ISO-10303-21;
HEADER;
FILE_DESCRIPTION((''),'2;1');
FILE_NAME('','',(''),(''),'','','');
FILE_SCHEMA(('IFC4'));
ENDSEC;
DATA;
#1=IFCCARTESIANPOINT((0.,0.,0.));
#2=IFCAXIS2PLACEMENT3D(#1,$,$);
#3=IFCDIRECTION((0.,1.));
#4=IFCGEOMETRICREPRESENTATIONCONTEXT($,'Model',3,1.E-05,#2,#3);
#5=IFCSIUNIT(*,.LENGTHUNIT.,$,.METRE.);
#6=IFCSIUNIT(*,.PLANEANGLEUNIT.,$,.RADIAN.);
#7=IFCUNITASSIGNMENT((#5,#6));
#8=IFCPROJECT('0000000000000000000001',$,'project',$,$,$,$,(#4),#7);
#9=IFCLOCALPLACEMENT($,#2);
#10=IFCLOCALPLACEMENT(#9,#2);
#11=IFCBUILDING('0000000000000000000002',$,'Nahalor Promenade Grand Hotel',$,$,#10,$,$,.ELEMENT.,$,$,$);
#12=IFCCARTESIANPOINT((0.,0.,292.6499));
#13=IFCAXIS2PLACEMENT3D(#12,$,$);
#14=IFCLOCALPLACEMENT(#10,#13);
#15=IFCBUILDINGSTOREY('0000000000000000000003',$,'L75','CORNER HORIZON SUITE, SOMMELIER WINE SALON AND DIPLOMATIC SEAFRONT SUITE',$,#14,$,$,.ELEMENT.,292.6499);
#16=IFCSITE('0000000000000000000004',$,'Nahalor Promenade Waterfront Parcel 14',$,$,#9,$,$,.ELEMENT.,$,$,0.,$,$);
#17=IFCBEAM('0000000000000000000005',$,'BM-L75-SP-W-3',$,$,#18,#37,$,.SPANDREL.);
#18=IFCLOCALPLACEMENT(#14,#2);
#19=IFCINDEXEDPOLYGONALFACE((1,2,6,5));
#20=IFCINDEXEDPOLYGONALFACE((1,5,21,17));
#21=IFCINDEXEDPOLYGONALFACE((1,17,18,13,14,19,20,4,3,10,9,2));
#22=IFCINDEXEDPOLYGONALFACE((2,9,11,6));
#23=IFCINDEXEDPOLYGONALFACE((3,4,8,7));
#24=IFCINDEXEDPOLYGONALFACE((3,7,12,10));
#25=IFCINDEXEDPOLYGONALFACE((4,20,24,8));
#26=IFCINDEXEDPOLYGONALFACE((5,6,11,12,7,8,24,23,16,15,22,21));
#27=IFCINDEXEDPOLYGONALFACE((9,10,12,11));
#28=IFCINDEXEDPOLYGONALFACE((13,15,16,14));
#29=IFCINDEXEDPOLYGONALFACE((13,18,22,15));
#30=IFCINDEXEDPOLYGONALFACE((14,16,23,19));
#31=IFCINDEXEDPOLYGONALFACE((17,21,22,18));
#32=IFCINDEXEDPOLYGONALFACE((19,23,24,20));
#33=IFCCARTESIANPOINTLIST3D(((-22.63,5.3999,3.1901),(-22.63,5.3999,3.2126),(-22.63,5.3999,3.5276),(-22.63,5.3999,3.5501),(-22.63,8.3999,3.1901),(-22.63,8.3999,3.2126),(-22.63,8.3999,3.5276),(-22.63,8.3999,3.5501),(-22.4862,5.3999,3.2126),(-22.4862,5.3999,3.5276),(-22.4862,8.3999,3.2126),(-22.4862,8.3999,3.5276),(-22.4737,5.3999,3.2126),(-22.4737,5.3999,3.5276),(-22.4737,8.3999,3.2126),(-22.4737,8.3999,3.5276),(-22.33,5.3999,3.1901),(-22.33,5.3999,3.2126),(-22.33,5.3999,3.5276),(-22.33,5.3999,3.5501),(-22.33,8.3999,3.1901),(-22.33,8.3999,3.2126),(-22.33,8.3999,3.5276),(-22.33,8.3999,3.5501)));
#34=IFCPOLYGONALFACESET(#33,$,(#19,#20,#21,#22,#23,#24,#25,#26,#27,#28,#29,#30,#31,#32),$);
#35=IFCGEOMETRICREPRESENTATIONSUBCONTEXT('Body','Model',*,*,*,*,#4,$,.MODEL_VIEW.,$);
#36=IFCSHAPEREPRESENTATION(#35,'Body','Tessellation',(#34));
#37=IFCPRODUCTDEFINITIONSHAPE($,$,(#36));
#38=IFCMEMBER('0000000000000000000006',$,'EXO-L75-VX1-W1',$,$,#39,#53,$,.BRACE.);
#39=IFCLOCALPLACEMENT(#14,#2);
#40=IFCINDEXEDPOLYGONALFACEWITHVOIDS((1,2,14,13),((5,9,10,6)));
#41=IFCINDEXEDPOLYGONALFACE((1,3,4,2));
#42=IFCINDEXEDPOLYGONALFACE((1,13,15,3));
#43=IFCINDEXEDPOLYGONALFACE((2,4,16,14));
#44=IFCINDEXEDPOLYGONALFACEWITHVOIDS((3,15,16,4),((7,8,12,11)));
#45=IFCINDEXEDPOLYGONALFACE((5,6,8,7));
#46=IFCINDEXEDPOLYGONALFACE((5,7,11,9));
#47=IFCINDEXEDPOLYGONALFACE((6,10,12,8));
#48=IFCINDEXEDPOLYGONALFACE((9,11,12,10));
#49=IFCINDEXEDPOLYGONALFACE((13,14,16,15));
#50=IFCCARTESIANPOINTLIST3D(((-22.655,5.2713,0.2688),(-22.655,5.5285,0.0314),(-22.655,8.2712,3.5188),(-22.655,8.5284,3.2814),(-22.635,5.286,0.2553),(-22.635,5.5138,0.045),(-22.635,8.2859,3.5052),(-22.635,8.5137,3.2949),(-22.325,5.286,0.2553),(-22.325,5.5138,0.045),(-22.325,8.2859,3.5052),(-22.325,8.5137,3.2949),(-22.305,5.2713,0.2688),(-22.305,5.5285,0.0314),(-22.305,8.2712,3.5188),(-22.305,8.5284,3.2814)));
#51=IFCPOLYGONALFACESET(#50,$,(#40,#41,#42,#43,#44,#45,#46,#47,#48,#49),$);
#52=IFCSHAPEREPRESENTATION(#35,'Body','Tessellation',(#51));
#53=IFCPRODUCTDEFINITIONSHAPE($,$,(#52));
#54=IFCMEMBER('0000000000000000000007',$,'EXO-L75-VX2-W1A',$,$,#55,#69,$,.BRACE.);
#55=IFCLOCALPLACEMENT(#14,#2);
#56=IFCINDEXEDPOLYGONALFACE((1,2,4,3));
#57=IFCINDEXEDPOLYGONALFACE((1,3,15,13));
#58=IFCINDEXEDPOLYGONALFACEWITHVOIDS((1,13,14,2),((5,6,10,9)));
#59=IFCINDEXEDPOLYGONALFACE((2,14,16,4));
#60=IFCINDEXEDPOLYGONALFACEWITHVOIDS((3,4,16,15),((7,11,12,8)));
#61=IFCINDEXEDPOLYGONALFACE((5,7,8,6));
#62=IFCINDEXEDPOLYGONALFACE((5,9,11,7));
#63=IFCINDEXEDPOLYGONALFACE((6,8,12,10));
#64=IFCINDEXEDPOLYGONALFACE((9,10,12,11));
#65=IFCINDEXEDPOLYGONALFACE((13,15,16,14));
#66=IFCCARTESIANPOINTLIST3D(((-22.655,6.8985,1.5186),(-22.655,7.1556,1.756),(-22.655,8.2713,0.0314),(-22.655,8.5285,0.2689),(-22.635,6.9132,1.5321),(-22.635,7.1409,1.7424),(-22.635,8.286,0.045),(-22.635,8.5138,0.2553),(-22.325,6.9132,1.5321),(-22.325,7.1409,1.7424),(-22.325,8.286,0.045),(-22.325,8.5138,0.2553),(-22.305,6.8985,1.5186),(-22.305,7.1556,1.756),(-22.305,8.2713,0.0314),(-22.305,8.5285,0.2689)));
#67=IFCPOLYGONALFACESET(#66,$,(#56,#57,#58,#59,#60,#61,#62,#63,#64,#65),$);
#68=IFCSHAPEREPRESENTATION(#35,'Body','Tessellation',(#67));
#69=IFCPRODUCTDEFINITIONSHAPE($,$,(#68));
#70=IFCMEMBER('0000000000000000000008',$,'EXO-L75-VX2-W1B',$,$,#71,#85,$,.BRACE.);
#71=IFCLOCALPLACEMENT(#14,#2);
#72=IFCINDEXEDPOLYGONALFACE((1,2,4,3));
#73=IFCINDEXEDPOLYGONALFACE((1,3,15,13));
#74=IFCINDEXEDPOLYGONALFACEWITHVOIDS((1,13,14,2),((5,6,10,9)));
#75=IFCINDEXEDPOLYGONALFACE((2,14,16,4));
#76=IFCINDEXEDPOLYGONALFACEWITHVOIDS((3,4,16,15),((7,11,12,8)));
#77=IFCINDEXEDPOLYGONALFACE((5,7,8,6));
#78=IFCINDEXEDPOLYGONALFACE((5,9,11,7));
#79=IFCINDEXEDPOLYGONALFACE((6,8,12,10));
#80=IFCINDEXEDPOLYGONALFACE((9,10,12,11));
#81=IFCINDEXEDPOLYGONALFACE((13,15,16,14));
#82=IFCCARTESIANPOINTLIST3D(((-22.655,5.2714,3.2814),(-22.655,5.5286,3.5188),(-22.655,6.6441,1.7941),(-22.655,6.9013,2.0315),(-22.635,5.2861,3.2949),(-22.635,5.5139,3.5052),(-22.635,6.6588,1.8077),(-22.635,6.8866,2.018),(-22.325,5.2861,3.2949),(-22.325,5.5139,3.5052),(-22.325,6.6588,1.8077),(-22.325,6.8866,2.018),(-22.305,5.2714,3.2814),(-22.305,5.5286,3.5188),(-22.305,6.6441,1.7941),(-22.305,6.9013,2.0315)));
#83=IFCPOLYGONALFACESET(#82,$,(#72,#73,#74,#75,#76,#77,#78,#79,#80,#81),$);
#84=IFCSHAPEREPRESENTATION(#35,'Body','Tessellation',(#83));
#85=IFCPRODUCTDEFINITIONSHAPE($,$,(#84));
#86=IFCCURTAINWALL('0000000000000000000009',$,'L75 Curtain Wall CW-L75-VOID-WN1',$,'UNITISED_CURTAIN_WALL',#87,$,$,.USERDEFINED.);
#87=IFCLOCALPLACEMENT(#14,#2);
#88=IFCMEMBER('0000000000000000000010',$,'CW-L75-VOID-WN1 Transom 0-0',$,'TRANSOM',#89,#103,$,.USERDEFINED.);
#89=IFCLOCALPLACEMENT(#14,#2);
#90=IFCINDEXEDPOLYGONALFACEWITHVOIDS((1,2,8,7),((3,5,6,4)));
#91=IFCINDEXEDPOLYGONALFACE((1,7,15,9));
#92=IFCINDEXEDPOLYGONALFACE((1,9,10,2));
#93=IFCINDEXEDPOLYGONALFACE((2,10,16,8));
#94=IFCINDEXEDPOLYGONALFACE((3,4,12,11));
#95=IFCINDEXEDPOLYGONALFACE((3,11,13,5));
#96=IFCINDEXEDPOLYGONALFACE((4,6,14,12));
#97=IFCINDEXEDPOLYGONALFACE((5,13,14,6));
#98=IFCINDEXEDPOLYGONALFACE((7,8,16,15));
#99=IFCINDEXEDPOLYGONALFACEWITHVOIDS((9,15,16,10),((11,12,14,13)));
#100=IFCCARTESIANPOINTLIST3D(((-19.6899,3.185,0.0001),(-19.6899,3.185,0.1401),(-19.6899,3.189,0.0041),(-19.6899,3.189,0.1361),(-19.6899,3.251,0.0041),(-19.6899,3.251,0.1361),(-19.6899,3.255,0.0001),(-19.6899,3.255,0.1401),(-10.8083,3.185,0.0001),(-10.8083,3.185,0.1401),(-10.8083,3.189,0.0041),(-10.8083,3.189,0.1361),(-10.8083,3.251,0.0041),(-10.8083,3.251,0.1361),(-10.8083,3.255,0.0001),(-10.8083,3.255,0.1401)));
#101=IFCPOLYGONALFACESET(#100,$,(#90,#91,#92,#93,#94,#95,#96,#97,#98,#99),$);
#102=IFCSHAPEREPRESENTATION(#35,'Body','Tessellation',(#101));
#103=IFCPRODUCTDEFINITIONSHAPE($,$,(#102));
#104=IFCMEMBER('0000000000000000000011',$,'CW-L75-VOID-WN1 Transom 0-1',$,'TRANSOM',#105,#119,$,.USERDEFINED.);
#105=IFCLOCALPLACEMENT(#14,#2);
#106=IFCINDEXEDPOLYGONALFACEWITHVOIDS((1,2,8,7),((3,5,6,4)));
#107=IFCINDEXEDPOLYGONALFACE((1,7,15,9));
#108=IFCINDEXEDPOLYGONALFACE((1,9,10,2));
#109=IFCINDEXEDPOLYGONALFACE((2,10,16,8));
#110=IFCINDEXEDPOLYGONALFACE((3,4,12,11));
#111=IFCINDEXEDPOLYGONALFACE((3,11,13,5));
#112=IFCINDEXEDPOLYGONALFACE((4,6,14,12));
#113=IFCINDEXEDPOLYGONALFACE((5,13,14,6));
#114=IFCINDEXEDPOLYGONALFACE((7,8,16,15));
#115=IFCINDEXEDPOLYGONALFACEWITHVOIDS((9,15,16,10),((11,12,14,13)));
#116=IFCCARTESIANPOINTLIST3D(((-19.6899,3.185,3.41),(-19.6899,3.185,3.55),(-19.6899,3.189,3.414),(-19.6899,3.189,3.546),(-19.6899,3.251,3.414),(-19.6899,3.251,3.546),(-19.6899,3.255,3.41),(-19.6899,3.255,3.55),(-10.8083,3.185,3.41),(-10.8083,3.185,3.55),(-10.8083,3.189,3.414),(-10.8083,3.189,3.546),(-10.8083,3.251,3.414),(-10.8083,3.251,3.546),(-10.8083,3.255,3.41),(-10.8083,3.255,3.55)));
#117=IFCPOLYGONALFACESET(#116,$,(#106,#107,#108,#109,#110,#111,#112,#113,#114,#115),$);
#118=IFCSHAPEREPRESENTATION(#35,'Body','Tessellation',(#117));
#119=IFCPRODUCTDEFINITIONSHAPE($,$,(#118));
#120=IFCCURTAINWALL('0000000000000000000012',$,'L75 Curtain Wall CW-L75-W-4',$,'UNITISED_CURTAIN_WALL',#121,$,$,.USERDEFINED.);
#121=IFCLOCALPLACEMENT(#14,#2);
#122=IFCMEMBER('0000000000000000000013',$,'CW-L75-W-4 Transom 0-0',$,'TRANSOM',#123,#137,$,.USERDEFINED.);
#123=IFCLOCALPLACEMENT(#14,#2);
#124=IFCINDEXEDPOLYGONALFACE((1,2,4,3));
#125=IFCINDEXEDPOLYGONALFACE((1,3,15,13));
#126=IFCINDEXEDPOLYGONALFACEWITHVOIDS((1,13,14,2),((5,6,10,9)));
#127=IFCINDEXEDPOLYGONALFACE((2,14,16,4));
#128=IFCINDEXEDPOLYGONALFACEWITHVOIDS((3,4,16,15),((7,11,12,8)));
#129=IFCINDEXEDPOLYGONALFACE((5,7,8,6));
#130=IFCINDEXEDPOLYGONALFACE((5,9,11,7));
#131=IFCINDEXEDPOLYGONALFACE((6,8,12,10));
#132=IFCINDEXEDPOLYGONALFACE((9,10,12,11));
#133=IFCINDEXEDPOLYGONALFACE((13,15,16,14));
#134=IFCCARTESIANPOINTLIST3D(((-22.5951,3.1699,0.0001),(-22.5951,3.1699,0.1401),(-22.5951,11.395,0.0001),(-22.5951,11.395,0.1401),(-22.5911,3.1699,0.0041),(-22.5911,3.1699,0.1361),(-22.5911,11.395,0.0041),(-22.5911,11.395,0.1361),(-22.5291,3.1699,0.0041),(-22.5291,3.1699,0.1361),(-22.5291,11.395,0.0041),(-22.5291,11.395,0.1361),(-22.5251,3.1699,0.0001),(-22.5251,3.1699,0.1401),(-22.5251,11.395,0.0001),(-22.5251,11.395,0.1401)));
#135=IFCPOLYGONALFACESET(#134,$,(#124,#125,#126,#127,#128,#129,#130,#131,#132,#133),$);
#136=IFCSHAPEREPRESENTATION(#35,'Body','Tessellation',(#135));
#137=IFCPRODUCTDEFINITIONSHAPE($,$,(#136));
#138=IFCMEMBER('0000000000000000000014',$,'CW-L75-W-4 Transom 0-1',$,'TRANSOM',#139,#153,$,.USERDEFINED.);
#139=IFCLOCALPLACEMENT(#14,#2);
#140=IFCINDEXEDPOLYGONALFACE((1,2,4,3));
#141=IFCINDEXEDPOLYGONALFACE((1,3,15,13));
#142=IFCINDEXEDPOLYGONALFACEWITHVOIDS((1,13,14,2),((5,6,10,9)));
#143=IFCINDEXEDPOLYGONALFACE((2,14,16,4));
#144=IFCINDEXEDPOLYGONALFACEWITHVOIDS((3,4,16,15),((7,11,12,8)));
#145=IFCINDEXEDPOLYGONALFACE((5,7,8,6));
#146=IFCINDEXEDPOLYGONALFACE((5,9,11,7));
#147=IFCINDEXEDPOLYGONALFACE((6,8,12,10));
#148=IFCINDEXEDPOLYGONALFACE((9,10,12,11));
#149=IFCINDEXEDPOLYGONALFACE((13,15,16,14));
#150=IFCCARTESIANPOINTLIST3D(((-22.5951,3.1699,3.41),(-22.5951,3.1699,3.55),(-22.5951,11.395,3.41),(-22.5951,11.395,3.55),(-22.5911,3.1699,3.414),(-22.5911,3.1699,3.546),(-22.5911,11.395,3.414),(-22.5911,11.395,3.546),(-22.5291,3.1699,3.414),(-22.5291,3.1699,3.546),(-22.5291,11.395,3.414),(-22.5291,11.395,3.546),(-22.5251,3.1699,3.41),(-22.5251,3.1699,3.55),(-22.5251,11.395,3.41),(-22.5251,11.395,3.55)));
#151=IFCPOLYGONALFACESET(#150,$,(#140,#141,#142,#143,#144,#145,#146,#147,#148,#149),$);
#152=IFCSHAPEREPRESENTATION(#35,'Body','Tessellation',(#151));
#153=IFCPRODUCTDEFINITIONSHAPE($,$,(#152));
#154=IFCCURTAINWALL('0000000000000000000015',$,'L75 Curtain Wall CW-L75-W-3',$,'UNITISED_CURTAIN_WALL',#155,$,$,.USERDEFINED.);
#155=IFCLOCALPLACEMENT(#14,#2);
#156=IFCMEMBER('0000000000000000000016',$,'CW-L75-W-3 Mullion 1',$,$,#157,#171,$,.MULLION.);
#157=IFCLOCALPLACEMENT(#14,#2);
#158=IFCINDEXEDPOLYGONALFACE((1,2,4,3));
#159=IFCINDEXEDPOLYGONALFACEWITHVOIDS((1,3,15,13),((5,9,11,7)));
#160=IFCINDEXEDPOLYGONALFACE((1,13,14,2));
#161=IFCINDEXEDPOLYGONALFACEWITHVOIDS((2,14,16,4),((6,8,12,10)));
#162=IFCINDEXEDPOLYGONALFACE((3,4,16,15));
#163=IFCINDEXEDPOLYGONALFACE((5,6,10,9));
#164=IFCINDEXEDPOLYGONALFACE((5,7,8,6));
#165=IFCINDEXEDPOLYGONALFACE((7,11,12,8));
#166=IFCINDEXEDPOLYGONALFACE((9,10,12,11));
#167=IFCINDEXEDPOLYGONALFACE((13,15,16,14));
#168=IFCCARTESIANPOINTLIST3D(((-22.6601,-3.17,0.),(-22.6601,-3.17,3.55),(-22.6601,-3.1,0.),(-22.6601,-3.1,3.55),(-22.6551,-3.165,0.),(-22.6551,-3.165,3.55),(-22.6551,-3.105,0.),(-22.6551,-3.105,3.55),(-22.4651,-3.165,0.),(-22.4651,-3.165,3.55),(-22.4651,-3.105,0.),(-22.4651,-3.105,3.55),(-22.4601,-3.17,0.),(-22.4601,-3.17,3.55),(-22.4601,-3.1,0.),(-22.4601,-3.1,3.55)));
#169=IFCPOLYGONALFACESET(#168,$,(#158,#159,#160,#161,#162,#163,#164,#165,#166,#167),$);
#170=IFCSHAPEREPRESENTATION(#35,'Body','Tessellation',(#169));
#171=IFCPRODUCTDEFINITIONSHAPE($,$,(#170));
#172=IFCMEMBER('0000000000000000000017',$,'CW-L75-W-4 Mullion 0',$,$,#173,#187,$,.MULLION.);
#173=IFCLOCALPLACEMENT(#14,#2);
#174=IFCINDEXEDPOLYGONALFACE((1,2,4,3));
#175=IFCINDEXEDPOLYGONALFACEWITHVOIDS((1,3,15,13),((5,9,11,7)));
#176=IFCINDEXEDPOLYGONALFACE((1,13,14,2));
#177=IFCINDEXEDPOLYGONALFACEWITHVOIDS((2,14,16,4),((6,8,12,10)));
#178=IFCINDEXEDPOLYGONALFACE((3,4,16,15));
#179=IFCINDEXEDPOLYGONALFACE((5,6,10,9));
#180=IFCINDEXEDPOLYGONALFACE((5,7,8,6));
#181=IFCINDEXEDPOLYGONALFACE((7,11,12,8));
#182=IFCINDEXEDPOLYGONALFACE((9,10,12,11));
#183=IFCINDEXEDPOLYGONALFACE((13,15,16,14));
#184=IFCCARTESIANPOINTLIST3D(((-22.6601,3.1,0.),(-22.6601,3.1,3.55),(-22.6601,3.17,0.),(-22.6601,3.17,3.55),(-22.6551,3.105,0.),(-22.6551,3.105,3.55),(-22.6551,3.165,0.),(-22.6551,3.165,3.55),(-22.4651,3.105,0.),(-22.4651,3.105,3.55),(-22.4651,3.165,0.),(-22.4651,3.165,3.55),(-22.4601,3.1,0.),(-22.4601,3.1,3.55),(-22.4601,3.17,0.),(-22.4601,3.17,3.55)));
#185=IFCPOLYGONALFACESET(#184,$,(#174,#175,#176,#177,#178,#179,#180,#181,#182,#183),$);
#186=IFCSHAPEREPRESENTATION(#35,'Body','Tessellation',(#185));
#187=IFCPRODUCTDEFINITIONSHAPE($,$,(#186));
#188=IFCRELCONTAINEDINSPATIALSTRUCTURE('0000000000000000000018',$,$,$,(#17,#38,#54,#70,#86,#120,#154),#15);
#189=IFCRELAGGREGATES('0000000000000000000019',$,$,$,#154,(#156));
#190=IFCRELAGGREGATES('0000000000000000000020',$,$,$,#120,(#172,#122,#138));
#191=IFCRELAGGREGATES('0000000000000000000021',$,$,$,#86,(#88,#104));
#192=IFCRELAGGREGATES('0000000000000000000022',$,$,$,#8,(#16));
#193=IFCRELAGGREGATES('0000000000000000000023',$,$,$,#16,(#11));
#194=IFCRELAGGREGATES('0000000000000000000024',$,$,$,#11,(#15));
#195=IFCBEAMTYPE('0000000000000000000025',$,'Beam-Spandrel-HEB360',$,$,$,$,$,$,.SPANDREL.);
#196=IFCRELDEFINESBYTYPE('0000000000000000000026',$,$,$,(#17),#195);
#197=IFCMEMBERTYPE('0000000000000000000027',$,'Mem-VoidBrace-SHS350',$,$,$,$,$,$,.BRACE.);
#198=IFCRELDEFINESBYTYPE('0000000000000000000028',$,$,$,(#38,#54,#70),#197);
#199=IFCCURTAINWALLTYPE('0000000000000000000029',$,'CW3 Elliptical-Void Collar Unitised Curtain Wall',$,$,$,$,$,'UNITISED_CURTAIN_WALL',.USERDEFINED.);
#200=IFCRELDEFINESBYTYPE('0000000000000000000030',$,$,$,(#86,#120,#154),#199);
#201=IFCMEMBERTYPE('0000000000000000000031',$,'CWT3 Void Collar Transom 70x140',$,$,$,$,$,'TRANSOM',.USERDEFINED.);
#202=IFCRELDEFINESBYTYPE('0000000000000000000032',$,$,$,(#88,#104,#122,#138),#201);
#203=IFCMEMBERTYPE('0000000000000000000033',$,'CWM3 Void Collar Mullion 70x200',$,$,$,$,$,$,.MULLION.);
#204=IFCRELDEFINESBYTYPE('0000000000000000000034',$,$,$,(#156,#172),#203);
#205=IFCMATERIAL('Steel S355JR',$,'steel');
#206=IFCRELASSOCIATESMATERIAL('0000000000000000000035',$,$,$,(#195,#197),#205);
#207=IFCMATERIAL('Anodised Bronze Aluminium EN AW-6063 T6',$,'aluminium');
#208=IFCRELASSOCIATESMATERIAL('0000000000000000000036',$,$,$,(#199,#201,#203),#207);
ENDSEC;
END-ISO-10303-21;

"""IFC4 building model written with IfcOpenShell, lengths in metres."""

from ifc_helpers import new_model, si_unit, direction, frame, origin, origin_2d, place, context, subcontext, project, spatial, hollow_rectangle, i_section, extrude, source, transform, mapped, material, material_profile, profile_set, type_object, element, aggregate, save


model = new_model("IFC4")

# Units and contexts
model_context = context("Model", 3, precision=1e-05, world=origin(), true_north=direction((0.0, 1.0)))
body_context = subcontext(model_context, "Body", "Model", "MODEL_VIEW")
ifc_project = project(units=[si_unit("LENGTHUNIT", "METRE"), si_unit("PLANEANGLEUNIT", "RADIAN")], contexts=[model_context])

# Site, building, storey
site_placement = place(None, origin())
site = spatial("IfcSite", under=ifc_project, at=site_placement, Name="Nahalor Promenade Waterfront Parcel 14", CompositionType="ELEMENT", RefElevation=0.0)
building_placement = place(site_placement, origin())
building = spatial("IfcBuilding", under=site, at=building_placement, Name="Nahalor Promenade Grand Hotel", CompositionType="ELEMENT")
storey_placement = place(building_placement, frame((0.0, 0.0, 292.6499)))
storey = spatial("IfcBuildingStorey", under=building, at=storey_placement, Name="L75", Description="CORNER HORIZON SUITE, SOMMELIER WINE SALON AND DIPLOMATIC SEAFRONT SUITE", CompositionType="ELEMENT", Elevation=292.6499)

# Shared definitions
ifc_material_1 = material(Name="Steel S355JR", Category="steel")

# Beam
ifc_material_profile_1 = material_profile(ifc_material_1, i_section(OverallWidth=0.3, OverallDepth=0.36, WebThickness=0.0125, FlangeThickness=0.0225, at=origin_2d()), Name="HEB 360")
ifc_profile_set_1 = profile_set([ifc_material_profile_1], Name="Steel S355JR")
beam_type_1 = type_object("IfcBeamType", Name="Beam-Spandrel-HEB360", PredefinedType="SPANDREL", material=ifc_profile_set_1)
shared_shape_1 = source(origin(), body_context, "Body", "SweptSolid", [
    extrude(i_section(OverallWidth=0.3, OverallDepth=0.36, WebThickness=0.0125, FlangeThickness=0.0225, at=origin_2d()), origin(), (0.0, 0.0, 1.0), 3.0),
])
beam_1_placement = place(storey_placement, frame((-22.48, 5.3999, 3.3701), z_axis=(0.0, 1.0, 0.0), x_axis=(-1.0, 0.0, 0.0)))
element("IfcBeam", 1, at=beam_1_placement, inside=storey, type_object=beam_type_1, Name="BM-L75-SP-W-3", PredefinedType="SPANDREL", context=body_context, shape_type="MappedRepresentation", body=[
    mapped(shared_shape_1, transform((0.0, 0.0, 0.0), scale=1.0)),
])

# Members
ifc_material_profile_2 = material_profile(ifc_material_1, hollow_rectangle(XDim=0.35, YDim=0.35, WallThickness=0.02, at=origin_2d()), Name="SHS 350x350x20")
ifc_profile_set_2 = profile_set([ifc_material_profile_2], Name="Steel S355JR")
member_type_1 = type_object("IfcMemberType", Name="Mem-VoidBrace-SHS350", PredefinedType="BRACE", material=ifc_profile_set_2)
shared_shape_2 = source(origin(), body_context, "Body", "SweptSolid", [
    extrude(hollow_rectangle(XDim=0.35, YDim=0.35, WallThickness=0.02, at=origin_2d()), origin(), (0.0, 0.0, 1.0), 4.4229),
])
member_1_placement = place(storey_placement, frame((-22.48, 5.3999, 0.1501), z_axis=(0.0, 0.67828, 0.734803), x_axis=(-1.0, 0.0, 0.0)))
element("IfcMember", 2, at=member_1_placement, inside=storey, type_object=member_type_1, Name="EXO-L75-VX1-W1", PredefinedType="BRACE", context=body_context, shape_type="MappedRepresentation", body=[
    mapped(shared_shape_2, transform((0.0, 0.0, 0.0), scale=1.0)),
])
shared_shape_3 = source(origin(), body_context, "Body", "SweptSolid", [
    extrude(hollow_rectangle(XDim=0.35, YDim=0.35, WallThickness=0.02, at=origin_2d()), origin(), (0.0, 0.0, 1.0), 2.0239),
])
for number, where, z_axis, x_axis, name in (
    (3, (-22.48, 8.3999, 0.1501), (0.0, -0.678315, 0.734771), (1.0, 0.0, 0.0), "EXO-L75-VX2-W1A"),
    (4, (-22.48, 6.7727, 1.9128), (0.0, -0.678255, 0.734827), (1.0, 0.0, 0.0), "EXO-L75-VX2-W1B"),
):
    element("IfcMember", number, at=place(storey_placement, frame(where, z_axis=z_axis, x_axis=x_axis)), inside=storey, type_object=member_type_1, Name=name, PredefinedType="BRACE", context=body_context, shape_type="MappedRepresentation", body=[
        mapped(shared_shape_3, transform((0.0, 0.0, 0.0), scale=1.0)),
    ])

# Curtain walls, members
ifc_material_2 = material(Name="Anodised Bronze Aluminium EN AW-6063 T6", Category="aluminium")
curtain_wall_type = type_object("IfcCurtainWallType", Name="CW3 Elliptical-Void Collar Unitised Curtain Wall", ElementType="UNITISED_CURTAIN_WALL", PredefinedType="USERDEFINED", material=ifc_material_2)
curtain_wall_1_placement = place(storey_placement, origin())
curtain_wall_1 = element("IfcCurtainWall", 5, at=curtain_wall_1_placement, inside=storey, type_object=curtain_wall_type, Name="L75 Curtain Wall CW-L75-VOID-WN1", ObjectType="UNITISED_CURTAIN_WALL", PredefinedType="USERDEFINED")
ifc_material_profile_3 = material_profile(ifc_material_2, hollow_rectangle(XDim=0.07, YDim=0.14, WallThickness=0.004, at=origin_2d()), Name="CWT 70x140x4")
ifc_profile_set_3 = profile_set([ifc_material_profile_3], Name="Anodised Bronze Aluminium EN AW-6063 T6")
member_type_2 = type_object("IfcMemberType", Name="CWT3 Void Collar Transom 70x140", ElementType="TRANSOM", PredefinedType="USERDEFINED", material=ifc_profile_set_3)
shared_shape_4 = source(origin(), body_context, "Body", "SweptSolid", [
    extrude(hollow_rectangle(XDim=0.07, YDim=0.14, WallThickness=0.004, at=origin_2d()), origin(), (0.0, 0.0, 1.0), 8.8816),
])
member_2_placement = place(storey_placement, frame((-19.6899, 3.22, 0.0701), z_axis=(1.0, 0.0, 0.0), x_axis=(0.0, 1.0, 0.0)))
member_2 = element("IfcMember", 6, at=member_2_placement, type_object=member_type_2, Name="CW-L75-VOID-WN1 Transom 0-0", ObjectType="TRANSOM", PredefinedType="USERDEFINED", context=body_context, shape_type="MappedRepresentation", body=[
    mapped(shared_shape_4, transform((0.0, 0.0, 0.0), scale=1.0)),
])
member_3_placement = place(storey_placement, frame((-19.6899, 3.22, 3.48), z_axis=(1.0, 0.0, 0.0), x_axis=(0.0, 1.0, 0.0)))
member_3 = element("IfcMember", 7, at=member_3_placement, type_object=member_type_2, Name="CW-L75-VOID-WN1 Transom 0-1", ObjectType="TRANSOM", PredefinedType="USERDEFINED", context=body_context, shape_type="MappedRepresentation", body=[
    mapped(shared_shape_4, transform((0.0, 0.0, 0.0), scale=1.0)),
])
curtain_wall_2_placement = place(storey_placement, origin())
curtain_wall_2 = element("IfcCurtainWall", 8, at=curtain_wall_2_placement, inside=storey, type_object=curtain_wall_type, Name="L75 Curtain Wall CW-L75-W-4", ObjectType="UNITISED_CURTAIN_WALL", PredefinedType="USERDEFINED")
shared_shape_5 = source(origin(), body_context, "Body", "SweptSolid", [
    extrude(hollow_rectangle(XDim=0.07, YDim=0.14, WallThickness=0.004, at=origin_2d()), origin(), (0.0, 0.0, 1.0), 8.2251),
])
member_4_placement = place(storey_placement, frame((-22.5601, 3.1699, 0.0701), z_axis=(0.0, 1.0, 0.0), x_axis=(-1.0, 0.0, 0.0)))
member_4 = element("IfcMember", 9, at=member_4_placement, type_object=member_type_2, Name="CW-L75-W-4 Transom 0-0", ObjectType="TRANSOM", PredefinedType="USERDEFINED", context=body_context, shape_type="MappedRepresentation", body=[
    mapped(shared_shape_5, transform((0.0, 0.0, 0.0), scale=1.0)),
])
member_5_placement = place(storey_placement, frame((-22.5601, 3.1699, 3.48), z_axis=(0.0, 1.0, 0.0), x_axis=(-1.0, 0.0, 0.0)))
member_5 = element("IfcMember", 10, at=member_5_placement, type_object=member_type_2, Name="CW-L75-W-4 Transom 0-1", ObjectType="TRANSOM", PredefinedType="USERDEFINED", context=body_context, shape_type="MappedRepresentation", body=[
    mapped(shared_shape_5, transform((0.0, 0.0, 0.0), scale=1.0)),
])

# Curtain wall, member
curtain_wall_3_placement = place(storey_placement, origin())
curtain_wall_3 = element("IfcCurtainWall", 11, at=curtain_wall_3_placement, inside=storey, type_object=curtain_wall_type, Name="L75 Curtain Wall CW-L75-W-3", ObjectType="UNITISED_CURTAIN_WALL", PredefinedType="USERDEFINED")
ifc_material_profile_4 = material_profile(ifc_material_2, hollow_rectangle(XDim=0.07, YDim=0.2, WallThickness=0.005, at=origin_2d()), Name="CWM 70x200x5")
ifc_profile_set_4 = profile_set([ifc_material_profile_4], Name="Anodised Bronze Aluminium EN AW-6063 T6")
member_type_3 = type_object("IfcMemberType", Name="CWM3 Void Collar Mullion 70x200", PredefinedType="MULLION", material=ifc_profile_set_4)
shared_shape_6 = source(origin(), body_context, "Body", "SweptSolid", [
    extrude(hollow_rectangle(XDim=0.07, YDim=0.2, WallThickness=0.005, at=origin_2d()), origin(), (0.0, 0.0, 1.0), 3.55),
])
member_6_placement = place(storey_placement, frame((-22.5601, -3.135, 0.0), z_axis=(0.0, 0.0, 1.0), x_axis=(0.0, 1.0, 0.0)))
member_6 = element("IfcMember", 12, at=member_6_placement, type_object=member_type_3, Name="CW-L75-W-3 Mullion 1", PredefinedType="MULLION", context=body_context, shape_type="MappedRepresentation", body=[
    mapped(shared_shape_6, transform((0.0, 0.0, 0.0), scale=1.0)),
])
aggregate(curtain_wall_3, [member_6])

# Member
member_7_placement = place(storey_placement, frame((-22.5601, 3.135, 0.0), z_axis=(0.0, 0.0, 1.0), x_axis=(0.0, 1.0, 0.0)))
member_7 = element("IfcMember", 13, at=member_7_placement, type_object=member_type_3, Name="CW-L75-W-4 Mullion 0", PredefinedType="MULLION", context=body_context, shape_type="MappedRepresentation", body=[
    mapped(shared_shape_6, transform((0.0, 0.0, 0.0), scale=1.0)),
])

aggregate(curtain_wall_2, [member_7, member_4, member_5])
aggregate(curtain_wall_1, [member_2, member_3])

save(model, "model.ifc")
